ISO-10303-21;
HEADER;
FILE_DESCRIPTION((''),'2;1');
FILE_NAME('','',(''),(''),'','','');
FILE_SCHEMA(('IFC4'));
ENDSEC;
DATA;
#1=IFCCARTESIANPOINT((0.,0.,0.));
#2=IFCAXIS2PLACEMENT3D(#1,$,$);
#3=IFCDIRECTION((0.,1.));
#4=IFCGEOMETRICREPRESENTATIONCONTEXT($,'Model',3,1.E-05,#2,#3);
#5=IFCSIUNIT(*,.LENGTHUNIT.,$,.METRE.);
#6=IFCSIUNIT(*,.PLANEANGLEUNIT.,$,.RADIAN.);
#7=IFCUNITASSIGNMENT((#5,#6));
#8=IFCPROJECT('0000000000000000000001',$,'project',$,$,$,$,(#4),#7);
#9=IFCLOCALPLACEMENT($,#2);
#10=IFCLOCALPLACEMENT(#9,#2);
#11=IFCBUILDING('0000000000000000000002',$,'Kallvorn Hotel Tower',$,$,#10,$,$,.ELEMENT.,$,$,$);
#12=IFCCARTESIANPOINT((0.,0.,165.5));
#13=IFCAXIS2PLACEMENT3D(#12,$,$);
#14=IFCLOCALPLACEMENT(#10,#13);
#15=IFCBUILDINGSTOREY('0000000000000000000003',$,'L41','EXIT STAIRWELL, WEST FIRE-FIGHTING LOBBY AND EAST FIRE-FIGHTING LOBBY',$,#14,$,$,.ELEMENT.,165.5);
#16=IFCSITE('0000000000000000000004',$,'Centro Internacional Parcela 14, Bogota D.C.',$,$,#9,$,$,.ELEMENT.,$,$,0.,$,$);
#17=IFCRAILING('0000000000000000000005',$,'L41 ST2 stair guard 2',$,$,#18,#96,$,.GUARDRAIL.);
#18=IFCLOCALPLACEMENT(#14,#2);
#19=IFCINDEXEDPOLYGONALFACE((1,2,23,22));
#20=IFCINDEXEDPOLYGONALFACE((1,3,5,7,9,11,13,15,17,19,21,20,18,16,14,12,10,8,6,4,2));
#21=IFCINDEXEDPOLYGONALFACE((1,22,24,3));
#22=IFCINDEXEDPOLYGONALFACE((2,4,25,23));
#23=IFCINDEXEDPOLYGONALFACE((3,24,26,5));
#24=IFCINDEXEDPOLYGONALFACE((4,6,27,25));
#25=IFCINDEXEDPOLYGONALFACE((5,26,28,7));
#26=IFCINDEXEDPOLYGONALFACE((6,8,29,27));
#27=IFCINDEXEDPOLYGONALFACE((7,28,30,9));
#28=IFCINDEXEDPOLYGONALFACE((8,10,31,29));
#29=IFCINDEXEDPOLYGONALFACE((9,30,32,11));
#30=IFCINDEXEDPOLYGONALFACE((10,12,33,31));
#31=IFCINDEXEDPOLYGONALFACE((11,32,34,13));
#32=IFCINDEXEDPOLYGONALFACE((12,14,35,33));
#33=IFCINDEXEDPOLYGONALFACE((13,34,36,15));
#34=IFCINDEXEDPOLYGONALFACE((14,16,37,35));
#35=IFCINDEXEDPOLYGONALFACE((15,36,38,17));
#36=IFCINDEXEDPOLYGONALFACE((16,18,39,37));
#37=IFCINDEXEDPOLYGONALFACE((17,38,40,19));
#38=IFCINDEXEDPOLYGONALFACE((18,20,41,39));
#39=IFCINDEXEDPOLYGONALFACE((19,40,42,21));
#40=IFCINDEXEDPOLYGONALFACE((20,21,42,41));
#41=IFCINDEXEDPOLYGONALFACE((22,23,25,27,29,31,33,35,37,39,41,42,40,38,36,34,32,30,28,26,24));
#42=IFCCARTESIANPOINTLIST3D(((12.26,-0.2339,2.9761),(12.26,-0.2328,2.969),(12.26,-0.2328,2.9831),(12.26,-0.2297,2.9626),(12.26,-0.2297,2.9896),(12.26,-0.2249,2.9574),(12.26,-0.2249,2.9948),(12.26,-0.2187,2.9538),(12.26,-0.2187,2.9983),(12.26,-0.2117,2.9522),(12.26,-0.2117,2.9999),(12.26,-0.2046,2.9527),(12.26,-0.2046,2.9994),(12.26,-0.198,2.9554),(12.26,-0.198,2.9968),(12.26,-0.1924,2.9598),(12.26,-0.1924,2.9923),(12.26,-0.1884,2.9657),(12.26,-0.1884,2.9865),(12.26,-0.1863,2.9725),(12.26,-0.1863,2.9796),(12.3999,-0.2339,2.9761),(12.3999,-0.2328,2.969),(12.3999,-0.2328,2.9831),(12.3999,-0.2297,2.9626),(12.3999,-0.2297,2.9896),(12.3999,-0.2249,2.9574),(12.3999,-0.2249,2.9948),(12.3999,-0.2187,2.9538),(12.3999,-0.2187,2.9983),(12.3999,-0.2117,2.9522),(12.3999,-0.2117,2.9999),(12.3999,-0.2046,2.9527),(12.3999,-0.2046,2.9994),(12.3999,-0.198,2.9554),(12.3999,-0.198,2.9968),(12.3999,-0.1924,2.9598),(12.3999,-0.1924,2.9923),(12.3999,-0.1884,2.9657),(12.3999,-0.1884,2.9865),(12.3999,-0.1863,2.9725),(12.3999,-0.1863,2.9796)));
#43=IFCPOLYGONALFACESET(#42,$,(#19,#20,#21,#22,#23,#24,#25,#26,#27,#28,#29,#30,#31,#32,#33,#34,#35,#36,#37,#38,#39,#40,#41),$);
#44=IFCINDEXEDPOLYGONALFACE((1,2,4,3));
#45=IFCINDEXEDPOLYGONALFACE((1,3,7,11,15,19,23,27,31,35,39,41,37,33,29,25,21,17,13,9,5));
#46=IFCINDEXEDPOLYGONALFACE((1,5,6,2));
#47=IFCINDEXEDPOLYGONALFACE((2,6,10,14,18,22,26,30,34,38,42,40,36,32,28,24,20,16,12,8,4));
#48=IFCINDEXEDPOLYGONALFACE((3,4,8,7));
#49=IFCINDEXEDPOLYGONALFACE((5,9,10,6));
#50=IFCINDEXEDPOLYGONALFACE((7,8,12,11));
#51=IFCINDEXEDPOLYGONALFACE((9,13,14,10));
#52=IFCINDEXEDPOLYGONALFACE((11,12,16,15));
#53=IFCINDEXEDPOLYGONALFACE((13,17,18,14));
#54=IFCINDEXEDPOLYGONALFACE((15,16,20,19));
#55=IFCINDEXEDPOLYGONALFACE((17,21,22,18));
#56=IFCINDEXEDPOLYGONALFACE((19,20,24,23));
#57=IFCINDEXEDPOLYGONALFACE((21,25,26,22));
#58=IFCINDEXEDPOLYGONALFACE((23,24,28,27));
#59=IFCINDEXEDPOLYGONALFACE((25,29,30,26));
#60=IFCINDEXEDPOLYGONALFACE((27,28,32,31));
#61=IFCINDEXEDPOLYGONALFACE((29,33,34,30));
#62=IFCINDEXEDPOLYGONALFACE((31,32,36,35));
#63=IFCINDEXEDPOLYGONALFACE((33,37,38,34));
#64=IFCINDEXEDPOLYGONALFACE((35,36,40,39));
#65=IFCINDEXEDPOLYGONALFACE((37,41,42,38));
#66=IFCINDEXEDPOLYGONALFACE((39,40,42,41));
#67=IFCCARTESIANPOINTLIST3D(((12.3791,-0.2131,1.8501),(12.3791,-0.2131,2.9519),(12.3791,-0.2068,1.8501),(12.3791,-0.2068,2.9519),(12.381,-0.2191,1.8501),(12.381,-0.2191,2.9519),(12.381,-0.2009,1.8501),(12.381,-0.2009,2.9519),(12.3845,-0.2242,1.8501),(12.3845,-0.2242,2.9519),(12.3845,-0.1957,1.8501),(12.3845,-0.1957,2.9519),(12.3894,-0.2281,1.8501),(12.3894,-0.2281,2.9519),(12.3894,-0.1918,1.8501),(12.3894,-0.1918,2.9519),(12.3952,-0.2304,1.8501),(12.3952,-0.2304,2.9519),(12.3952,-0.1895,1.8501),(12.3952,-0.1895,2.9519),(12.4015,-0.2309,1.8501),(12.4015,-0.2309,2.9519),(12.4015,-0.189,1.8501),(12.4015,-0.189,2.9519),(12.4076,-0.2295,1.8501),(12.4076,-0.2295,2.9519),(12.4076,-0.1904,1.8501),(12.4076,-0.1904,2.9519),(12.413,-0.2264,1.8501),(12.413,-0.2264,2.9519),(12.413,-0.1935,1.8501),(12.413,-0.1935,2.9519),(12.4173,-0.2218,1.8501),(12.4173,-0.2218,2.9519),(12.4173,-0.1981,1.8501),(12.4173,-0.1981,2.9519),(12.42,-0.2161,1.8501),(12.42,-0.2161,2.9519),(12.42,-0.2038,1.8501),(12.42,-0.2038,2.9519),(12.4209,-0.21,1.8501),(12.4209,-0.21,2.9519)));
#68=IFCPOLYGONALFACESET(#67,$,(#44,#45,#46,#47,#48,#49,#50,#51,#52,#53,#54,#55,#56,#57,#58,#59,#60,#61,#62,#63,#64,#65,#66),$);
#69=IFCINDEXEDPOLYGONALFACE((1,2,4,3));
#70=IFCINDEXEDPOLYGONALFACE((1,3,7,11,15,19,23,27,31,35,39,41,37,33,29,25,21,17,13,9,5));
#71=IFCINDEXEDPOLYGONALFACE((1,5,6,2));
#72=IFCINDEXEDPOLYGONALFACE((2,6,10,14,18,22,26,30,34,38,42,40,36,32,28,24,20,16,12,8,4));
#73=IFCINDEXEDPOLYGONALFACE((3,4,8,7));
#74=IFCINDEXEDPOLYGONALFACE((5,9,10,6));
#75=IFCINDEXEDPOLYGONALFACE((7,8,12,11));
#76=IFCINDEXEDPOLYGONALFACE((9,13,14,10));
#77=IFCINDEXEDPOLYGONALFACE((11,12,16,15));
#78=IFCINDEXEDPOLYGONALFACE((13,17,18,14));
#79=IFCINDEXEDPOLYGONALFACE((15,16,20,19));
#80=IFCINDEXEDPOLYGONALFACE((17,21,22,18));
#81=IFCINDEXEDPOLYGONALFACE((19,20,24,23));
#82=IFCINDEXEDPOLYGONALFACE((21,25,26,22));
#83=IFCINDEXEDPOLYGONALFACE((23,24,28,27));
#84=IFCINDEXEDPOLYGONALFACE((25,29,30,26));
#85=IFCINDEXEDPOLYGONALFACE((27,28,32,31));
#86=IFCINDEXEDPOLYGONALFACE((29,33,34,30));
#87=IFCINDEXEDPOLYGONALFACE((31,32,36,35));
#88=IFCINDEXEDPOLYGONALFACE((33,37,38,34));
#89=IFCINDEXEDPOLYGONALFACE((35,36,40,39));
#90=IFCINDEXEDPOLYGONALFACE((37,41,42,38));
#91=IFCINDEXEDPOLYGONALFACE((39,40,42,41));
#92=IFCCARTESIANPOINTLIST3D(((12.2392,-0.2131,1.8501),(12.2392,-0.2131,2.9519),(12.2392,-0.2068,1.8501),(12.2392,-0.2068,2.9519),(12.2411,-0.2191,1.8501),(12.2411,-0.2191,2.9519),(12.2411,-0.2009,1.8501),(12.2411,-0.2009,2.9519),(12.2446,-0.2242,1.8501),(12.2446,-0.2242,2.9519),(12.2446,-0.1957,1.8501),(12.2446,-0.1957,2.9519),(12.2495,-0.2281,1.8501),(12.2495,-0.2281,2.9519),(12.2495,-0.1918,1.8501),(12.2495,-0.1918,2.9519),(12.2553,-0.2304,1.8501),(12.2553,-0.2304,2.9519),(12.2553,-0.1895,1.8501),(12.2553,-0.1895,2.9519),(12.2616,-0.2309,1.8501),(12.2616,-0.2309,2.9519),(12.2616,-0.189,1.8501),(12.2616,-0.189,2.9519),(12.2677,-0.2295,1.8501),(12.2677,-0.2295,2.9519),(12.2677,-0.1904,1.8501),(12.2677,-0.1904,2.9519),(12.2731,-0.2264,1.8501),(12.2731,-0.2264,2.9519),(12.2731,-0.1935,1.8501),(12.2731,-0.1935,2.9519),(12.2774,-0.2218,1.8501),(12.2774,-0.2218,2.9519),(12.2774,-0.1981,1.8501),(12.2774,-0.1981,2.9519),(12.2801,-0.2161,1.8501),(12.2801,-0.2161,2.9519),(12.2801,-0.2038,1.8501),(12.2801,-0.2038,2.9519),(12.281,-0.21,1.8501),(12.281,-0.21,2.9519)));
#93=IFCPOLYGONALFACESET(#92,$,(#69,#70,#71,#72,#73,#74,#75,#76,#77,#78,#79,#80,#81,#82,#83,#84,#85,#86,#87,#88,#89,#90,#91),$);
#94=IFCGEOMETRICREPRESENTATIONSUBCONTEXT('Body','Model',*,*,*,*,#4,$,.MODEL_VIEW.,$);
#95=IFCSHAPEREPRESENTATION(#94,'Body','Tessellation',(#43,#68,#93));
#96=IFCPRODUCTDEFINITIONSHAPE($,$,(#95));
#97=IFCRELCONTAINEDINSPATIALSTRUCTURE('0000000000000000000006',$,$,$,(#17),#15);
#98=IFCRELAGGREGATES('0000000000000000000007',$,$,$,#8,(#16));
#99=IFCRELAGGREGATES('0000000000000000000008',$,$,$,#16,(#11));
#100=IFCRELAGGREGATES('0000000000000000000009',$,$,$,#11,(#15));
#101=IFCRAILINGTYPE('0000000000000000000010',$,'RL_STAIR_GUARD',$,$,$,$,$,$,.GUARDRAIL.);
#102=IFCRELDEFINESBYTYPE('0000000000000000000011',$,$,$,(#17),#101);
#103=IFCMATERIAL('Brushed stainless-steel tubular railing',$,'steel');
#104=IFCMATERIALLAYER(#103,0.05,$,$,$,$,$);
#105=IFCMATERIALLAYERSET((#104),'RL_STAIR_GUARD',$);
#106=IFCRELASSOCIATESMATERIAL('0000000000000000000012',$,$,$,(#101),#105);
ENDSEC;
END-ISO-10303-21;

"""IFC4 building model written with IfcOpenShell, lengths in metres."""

from ifc_helpers import new_model, si_unit, direction, frame, origin, origin_2d, place, context, subcontext, project, spatial, circle, extrude, material, layer, layer_set, type_object, element, save


model = new_model("IFC4")

# Units and contexts
model_context = context("Model", 3, precision=1e-05, world=origin(), true_north=direction((0.0, 1.0)))
body_context = subcontext(model_context, "Body", "Model", "MODEL_VIEW")
ifc_project = project(units=[si_unit("LENGTHUNIT", "METRE"), si_unit("PLANEANGLEUNIT", "RADIAN")], contexts=[model_context])

# Site, building, storey
site_placement = place(None, origin())
site = spatial("IfcSite", under=ifc_project, at=site_placement, Name="Centro Internacional Parcela 14, Bogota D.C.", CompositionType="ELEMENT", RefElevation=0.0)
building_placement = place(site_placement, origin())
building = spatial("IfcBuilding", under=site, at=building_placement, Name="Kallvorn Hotel Tower", CompositionType="ELEMENT")
storey_placement = place(building_placement, frame((0.0, 0.0, 165.5)))
storey = spatial("IfcBuildingStorey", under=building, at=storey_placement, Name="L41", Description="EXIT STAIRWELL, WEST FIRE-FIGHTING LOBBY AND EAST FIRE-FIGHTING LOBBY", CompositionType="ELEMENT", Elevation=165.5)

# Railing
ifc_material_1 = material(Name="Brushed stainless-steel tubular railing", Category="steel")
ifc_layer_1 = layer(ifc_material_1, 0.05)
ifc_layer_set_1 = layer_set([ifc_layer_1], Name="RL_STAIR_GUARD")
railing_type = type_object("IfcRailingType", Name="RL_STAIR_GUARD", PredefinedType="GUARDRAIL", material=ifc_layer_set_1)
railing_1_placement = place(storey_placement, frame((12.3999, -0.21, 1.8501)))
element("IfcRailing", 1, at=railing_1_placement, inside=storey, type_object=railing_type, Name="L41 ST2 stair guard 2", PredefinedType="GUARDRAIL", context=body_context, shape_type="SweptSolid", body=[
    extrude(circle(Radius=0.0239, at=origin_2d()), frame((0.0, 0.0, 1.126), z_axis=(-1.0, 0.0, 0.0), x_axis=(0.0, -1.0, 0.0)), (0.0, 0.0, 1.0), 0.1399),
    extrude(circle(Radius=0.021, at=origin_2d()), origin(), (0.0, 0.0, 1.0), 1.1018),
    extrude(circle(Radius=0.021, at=origin_2d()), frame((-0.1399, 0.0, 0.0)), (0.0, 0.0, 1.0), 1.1018),
])

save(model, "model.ifc")
